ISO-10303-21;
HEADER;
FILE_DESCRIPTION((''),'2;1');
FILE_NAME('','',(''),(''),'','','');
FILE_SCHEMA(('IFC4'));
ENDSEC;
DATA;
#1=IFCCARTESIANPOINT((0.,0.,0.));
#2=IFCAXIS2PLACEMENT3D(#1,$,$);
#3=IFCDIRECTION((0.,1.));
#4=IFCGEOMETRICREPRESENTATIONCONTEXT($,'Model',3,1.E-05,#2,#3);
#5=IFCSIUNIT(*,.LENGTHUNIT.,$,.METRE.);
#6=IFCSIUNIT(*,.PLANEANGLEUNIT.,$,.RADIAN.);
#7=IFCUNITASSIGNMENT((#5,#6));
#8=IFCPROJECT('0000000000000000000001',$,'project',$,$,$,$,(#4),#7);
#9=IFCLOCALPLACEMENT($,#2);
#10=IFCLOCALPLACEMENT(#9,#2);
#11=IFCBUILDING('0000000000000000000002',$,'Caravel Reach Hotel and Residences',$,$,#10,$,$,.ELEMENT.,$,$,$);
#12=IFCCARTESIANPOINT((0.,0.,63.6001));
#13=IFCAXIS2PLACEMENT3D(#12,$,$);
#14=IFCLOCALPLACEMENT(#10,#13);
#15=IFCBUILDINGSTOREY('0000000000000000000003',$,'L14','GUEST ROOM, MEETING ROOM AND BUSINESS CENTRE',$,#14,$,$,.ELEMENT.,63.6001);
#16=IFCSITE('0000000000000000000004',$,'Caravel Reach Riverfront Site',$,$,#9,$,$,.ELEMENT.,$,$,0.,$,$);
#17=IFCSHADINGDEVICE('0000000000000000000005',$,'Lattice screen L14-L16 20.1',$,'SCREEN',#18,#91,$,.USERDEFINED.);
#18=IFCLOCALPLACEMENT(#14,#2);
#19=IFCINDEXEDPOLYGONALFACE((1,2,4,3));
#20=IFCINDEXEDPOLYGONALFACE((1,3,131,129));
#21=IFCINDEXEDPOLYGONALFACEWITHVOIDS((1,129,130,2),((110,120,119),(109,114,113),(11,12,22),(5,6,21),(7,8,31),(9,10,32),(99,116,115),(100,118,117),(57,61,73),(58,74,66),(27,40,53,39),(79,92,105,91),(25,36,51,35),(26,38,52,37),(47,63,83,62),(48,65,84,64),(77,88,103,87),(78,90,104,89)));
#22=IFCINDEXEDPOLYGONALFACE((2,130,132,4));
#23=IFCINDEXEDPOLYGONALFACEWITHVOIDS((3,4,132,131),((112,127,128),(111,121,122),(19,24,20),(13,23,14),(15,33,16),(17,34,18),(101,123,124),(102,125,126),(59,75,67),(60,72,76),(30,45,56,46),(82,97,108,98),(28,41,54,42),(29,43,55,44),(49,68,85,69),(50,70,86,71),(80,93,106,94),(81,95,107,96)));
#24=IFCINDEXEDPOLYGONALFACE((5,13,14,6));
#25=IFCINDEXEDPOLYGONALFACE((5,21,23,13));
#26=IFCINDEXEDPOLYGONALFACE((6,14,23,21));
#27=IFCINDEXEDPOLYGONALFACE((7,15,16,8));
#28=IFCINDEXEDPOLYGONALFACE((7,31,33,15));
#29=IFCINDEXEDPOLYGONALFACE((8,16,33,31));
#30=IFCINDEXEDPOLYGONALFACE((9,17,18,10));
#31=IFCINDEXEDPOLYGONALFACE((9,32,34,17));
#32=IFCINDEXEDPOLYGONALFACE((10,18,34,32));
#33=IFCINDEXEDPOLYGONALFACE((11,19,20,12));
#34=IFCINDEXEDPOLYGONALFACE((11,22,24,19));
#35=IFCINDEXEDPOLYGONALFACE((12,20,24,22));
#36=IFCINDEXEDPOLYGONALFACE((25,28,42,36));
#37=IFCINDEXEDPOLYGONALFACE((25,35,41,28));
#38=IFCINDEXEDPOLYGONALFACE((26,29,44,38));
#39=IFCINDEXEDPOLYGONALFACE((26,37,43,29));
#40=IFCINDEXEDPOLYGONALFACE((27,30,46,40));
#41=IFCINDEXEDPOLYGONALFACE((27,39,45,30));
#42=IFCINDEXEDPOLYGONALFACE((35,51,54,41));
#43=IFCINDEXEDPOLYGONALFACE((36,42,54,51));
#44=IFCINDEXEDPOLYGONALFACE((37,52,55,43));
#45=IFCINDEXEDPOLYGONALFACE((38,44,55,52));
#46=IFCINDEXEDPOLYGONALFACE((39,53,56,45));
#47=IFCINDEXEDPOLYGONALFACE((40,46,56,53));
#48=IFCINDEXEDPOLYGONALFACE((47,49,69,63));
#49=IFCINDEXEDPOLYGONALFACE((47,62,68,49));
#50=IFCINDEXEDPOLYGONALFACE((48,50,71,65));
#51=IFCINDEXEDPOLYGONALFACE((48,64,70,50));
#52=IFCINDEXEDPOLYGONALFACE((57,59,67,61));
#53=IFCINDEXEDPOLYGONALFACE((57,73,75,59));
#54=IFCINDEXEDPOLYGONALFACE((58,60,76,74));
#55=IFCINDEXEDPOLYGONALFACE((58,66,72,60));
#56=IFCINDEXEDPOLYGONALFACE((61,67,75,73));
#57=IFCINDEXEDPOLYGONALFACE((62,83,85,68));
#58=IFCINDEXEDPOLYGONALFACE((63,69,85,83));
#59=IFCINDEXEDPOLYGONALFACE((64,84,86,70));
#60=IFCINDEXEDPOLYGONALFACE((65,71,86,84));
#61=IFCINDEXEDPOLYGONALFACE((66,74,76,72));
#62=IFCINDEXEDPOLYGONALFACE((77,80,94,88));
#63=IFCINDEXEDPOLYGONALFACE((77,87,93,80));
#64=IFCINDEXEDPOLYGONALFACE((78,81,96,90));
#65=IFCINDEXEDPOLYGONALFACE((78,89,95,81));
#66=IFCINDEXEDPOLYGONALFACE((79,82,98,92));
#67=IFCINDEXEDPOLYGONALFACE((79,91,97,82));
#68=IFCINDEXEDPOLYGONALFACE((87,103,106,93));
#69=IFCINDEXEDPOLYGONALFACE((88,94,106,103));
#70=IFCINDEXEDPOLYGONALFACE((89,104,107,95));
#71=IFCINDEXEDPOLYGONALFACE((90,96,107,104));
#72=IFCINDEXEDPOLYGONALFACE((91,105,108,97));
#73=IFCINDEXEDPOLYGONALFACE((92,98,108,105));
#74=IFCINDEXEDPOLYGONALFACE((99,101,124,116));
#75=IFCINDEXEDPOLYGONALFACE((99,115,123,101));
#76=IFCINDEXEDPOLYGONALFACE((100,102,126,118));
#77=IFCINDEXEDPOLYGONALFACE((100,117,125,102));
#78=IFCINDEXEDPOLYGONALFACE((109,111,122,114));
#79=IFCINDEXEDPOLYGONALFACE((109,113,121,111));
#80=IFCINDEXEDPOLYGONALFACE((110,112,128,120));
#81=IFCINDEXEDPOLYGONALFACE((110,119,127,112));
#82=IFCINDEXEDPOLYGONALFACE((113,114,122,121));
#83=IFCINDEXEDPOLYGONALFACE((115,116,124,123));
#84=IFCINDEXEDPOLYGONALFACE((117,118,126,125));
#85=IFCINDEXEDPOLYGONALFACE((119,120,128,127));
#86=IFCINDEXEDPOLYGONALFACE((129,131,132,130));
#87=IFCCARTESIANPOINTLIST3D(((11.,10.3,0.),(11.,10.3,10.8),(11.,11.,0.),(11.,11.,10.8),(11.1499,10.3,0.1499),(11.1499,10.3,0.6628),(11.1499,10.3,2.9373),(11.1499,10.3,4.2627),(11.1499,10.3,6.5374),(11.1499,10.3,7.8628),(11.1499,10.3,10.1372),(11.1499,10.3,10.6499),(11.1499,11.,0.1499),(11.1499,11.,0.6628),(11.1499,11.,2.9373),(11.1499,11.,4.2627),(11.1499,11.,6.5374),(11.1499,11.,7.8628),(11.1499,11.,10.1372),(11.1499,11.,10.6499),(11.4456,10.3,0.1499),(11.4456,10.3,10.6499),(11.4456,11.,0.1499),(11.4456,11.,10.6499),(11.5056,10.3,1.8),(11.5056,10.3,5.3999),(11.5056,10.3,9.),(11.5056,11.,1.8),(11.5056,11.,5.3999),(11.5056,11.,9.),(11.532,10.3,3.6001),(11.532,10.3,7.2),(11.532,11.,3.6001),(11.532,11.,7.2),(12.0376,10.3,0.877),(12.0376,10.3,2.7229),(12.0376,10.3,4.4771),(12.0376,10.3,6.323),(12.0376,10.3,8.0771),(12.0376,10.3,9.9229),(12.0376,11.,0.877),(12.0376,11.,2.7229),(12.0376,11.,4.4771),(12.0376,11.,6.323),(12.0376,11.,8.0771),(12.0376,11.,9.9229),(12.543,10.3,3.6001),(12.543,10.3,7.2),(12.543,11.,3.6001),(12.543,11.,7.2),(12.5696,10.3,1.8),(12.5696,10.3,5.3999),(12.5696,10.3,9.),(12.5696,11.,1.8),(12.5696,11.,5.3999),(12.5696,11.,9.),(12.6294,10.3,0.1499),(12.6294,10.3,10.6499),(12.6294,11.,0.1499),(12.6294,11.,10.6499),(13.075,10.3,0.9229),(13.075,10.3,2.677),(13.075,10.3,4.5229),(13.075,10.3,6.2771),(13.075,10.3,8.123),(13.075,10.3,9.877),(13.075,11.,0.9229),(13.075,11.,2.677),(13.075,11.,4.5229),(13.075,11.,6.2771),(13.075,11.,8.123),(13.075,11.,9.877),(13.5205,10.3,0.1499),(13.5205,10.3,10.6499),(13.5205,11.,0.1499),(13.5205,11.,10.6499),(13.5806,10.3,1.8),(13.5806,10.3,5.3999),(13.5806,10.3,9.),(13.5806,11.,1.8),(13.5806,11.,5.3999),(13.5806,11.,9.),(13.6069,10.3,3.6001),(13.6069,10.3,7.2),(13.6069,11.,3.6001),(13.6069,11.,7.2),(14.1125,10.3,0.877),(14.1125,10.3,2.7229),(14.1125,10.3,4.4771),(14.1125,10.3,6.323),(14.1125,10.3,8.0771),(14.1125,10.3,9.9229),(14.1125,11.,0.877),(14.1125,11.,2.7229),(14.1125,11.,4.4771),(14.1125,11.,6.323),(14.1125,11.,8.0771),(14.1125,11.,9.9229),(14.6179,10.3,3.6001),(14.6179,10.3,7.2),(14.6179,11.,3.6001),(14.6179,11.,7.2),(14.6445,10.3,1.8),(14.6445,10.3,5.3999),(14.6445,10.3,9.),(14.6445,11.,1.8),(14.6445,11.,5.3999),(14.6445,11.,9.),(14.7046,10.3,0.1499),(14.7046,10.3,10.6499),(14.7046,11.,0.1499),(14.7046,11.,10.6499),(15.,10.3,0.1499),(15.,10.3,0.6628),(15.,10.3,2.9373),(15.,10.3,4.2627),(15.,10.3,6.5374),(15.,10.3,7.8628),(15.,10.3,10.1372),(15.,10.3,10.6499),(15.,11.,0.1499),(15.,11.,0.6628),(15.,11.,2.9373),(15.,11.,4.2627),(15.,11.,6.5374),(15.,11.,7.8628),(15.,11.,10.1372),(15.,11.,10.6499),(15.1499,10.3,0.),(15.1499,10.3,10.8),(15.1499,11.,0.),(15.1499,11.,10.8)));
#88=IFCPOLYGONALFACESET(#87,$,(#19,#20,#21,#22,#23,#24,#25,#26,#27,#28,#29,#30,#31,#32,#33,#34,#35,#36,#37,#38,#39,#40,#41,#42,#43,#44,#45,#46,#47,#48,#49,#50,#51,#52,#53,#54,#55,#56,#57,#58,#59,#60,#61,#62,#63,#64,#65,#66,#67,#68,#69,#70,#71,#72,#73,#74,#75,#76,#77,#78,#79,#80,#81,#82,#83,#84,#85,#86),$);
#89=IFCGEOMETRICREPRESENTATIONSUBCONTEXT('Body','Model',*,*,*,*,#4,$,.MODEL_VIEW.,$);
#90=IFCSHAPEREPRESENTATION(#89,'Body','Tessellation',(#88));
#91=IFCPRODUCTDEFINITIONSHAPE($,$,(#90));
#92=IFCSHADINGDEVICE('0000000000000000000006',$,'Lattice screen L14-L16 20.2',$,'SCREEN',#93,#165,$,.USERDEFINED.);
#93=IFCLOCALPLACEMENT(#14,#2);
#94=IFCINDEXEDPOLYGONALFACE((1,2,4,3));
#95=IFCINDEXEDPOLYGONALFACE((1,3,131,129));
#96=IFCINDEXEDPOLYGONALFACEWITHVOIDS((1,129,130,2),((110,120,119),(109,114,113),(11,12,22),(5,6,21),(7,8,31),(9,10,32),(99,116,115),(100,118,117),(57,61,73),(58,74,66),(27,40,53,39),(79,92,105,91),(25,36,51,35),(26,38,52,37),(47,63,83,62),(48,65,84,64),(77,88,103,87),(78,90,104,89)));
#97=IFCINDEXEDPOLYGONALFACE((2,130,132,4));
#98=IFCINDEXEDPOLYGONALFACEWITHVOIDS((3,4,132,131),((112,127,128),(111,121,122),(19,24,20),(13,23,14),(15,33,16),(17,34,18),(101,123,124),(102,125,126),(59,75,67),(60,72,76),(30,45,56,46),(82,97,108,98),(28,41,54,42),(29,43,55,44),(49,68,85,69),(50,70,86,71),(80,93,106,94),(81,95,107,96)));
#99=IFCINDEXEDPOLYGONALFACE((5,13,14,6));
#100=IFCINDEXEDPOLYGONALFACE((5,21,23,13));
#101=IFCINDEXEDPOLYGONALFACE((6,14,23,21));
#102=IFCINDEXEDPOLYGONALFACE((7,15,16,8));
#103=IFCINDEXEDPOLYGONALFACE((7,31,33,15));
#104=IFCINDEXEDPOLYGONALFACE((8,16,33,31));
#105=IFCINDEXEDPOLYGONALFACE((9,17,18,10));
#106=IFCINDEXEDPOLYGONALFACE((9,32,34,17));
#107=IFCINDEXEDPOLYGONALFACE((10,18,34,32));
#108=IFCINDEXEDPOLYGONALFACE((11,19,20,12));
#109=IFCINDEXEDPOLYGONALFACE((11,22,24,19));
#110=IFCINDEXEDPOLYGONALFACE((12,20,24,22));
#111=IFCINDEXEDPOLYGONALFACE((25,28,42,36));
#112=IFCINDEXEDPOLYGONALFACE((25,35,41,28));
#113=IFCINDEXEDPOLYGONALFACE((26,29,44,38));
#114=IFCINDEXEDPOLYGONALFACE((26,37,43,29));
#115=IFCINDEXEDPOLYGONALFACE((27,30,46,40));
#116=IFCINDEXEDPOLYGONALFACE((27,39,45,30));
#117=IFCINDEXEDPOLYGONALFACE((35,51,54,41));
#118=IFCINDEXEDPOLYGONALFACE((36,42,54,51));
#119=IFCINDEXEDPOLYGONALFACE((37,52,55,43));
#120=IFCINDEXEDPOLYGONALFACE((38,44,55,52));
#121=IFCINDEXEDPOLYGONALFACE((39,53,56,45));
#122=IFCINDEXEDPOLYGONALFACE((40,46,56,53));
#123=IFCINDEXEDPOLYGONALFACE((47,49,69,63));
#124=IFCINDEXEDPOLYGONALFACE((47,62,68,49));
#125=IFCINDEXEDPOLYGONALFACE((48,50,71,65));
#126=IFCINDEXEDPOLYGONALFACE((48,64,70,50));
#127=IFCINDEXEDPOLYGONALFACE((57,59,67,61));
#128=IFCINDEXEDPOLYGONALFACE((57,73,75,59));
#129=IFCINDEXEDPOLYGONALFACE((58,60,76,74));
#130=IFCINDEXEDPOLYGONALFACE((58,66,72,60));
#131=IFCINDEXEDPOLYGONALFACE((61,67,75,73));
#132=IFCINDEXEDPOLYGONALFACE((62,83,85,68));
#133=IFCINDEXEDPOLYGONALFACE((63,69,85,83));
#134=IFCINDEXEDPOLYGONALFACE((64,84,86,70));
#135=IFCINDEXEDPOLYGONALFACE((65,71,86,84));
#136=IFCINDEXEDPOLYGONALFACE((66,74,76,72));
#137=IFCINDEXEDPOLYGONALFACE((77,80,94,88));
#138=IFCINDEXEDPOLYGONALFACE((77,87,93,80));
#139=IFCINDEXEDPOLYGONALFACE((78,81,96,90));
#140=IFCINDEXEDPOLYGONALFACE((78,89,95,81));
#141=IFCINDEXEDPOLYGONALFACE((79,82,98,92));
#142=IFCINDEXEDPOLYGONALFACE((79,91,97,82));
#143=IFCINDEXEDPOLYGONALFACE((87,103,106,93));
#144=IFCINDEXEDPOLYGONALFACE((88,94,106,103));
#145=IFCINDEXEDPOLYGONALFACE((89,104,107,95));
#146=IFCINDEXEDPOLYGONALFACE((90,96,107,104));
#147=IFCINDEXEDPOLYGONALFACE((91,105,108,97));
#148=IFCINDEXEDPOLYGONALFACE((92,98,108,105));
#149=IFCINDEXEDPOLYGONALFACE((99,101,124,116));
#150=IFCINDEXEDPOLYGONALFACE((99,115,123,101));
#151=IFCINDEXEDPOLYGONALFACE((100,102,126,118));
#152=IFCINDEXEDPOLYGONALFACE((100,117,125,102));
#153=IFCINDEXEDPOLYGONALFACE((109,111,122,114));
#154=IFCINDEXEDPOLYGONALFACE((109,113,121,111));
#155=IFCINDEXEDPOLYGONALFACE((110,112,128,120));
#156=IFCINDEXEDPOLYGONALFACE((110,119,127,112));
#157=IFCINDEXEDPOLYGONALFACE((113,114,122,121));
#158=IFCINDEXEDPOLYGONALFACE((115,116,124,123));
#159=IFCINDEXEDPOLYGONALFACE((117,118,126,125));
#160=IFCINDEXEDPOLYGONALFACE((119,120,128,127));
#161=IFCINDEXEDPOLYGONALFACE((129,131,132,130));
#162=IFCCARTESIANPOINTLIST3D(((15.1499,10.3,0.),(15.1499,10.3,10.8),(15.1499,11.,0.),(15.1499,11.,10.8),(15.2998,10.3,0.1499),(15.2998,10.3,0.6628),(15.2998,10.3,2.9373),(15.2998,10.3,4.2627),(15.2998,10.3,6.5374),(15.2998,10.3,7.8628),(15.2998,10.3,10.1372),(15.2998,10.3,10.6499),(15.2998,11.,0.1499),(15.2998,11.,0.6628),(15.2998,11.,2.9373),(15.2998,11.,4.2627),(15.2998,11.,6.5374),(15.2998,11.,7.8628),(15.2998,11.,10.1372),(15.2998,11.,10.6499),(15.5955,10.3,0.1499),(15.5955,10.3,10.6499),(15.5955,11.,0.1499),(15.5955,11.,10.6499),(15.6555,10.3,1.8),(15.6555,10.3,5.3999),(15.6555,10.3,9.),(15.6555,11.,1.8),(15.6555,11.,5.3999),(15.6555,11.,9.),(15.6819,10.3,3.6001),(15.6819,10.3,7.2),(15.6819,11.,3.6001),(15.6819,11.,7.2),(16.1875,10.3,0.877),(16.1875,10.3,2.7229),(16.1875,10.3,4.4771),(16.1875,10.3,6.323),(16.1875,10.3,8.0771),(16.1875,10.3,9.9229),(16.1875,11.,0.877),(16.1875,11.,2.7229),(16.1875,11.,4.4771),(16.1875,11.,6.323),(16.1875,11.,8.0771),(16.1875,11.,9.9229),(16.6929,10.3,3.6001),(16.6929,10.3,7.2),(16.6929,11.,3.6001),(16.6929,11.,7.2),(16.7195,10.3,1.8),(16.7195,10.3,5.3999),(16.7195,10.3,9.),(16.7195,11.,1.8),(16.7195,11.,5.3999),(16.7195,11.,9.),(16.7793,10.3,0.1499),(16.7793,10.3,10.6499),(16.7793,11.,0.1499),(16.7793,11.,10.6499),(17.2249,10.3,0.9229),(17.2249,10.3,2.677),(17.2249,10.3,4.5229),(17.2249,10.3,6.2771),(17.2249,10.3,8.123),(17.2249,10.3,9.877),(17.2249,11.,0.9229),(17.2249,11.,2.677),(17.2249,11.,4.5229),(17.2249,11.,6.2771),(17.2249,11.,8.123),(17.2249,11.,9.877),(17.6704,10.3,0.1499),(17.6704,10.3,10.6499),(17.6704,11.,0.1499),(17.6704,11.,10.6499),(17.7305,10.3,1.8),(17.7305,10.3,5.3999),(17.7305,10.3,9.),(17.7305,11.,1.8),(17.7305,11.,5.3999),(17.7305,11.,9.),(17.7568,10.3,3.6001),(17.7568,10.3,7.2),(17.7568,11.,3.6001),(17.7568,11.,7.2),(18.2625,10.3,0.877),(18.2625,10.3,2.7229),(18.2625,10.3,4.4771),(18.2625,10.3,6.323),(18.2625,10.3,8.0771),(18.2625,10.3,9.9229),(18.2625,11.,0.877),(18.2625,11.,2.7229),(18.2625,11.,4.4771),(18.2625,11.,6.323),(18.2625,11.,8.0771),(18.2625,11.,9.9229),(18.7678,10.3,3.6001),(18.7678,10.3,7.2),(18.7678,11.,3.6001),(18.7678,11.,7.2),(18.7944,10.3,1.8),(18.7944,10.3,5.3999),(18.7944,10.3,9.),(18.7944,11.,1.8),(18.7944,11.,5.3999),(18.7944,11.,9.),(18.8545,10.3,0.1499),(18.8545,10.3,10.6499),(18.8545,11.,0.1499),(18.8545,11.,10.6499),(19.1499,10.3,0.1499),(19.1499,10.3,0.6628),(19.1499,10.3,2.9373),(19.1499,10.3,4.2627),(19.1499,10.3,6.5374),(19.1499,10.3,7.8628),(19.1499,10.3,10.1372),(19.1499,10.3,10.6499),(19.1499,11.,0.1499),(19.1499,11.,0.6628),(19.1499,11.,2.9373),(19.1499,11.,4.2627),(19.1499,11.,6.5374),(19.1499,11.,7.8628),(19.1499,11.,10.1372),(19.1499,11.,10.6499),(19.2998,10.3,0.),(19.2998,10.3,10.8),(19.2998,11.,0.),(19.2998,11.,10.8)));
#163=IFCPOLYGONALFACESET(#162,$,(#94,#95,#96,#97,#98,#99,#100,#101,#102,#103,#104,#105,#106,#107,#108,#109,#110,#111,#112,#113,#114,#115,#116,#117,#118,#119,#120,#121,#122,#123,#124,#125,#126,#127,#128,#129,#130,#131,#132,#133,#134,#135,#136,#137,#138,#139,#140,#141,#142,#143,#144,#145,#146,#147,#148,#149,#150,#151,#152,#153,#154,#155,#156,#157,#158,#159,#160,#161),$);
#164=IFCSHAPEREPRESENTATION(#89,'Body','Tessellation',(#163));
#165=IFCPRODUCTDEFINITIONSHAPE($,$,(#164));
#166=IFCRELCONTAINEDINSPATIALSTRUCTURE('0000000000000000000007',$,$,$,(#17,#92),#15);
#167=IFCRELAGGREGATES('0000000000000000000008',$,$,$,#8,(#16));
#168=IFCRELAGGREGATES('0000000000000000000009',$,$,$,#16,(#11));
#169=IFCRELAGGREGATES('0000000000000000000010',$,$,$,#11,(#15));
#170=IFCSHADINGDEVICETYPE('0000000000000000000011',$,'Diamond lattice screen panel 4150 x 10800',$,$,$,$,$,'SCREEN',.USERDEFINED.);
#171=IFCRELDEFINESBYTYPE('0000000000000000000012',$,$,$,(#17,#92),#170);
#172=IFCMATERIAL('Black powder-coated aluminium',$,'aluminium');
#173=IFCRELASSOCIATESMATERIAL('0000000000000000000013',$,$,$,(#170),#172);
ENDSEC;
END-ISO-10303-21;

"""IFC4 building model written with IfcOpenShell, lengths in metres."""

from ifc_helpers import new_model, si_unit, direction, frame, origin, place, context, subcontext, project, spatial, polyline, outline, extrude, material, type_object, element, save


model = new_model("IFC4")

# Units and contexts
model_context = context("Model", 3, precision=1e-05, world=origin(), true_north=direction((0.0, 1.0)))
body_context = subcontext(model_context, "Body", "Model", "MODEL_VIEW")
ifc_project = project(units=[si_unit("LENGTHUNIT", "METRE"), si_unit("PLANEANGLEUNIT", "RADIAN")], contexts=[model_context])

# Site, building, storey
site_placement = place(None, origin())
site = spatial("IfcSite", under=ifc_project, at=site_placement, Name="Caravel Reach Riverfront Site", CompositionType="ELEMENT", RefElevation=0.0)
building_placement = place(site_placement, origin())
building = spatial("IfcBuilding", under=site, at=building_placement, Name="Caravel Reach Hotel and Residences", CompositionType="ELEMENT")
storey_placement = place(building_placement, frame((0.0, 0.0, 63.6001)))
storey = spatial("IfcBuildingStorey", under=building, at=storey_placement, Name="L14", Description="GUEST ROOM, MEETING ROOM AND BUSINESS CENTRE", CompositionType="ELEMENT", Elevation=63.6001)

# Shading devices
ifc_material_1 = material(Name="Black powder-coated aluminium", Category="aluminium")
shading_device_type_1 = type_object("IfcShadingDeviceType", Name="Diamond lattice screen panel 4150 x 10800", ElementType="SCREEN", PredefinedType="USERDEFINED", material=ifc_material_1)
shading_device_1_placement = place(storey_placement, frame((11.0, 11.0, 0.0), z_axis=(0.0, -1.0, 0.0), x_axis=(1.0, 0.0, 0.0)))
element("IfcShadingDevice", 1, at=shading_device_1_placement, inside=storey, type_object=shading_device_type_1, Name="Lattice screen L14-L16 20.1", ObjectType="SCREEN", PredefinedType="USERDEFINED", context=body_context, shape_type="SweptSolid", body=[
    extrude(outline(polyline([(0.0, 0.0), (4.1499, 0.0), (4.1499, 10.8), (0.0, 10.8), (0.0, 0.0)]), holes=[polyline([(0.4456, 0.1499), (0.1499, 0.6628), (0.1499, 0.1499), (0.4456, 0.1499)]), polyline([(0.532, 3.6001), (0.1499, 4.2627), (0.1499, 2.9373), (0.532, 3.6001)]), polyline([(0.532, 7.2), (0.1499, 7.8628), (0.1499, 6.5374), (0.532, 7.2)]), polyline([(0.1499, 10.1372), (0.4456, 10.6499), (0.1499, 10.6499), (0.1499, 10.1372)]), polyline([(1.0376, 2.7229), (0.5056, 1.8), (1.0376, 0.877), (1.5696, 1.8), (1.0376, 2.7229)]), polyline([(1.0376, 6.323), (0.5056, 5.3999), (1.0376, 4.4771), (1.5696, 5.3999), (1.0376, 6.323)]), polyline([(1.0376, 9.9229), (0.5056, 9.0), (1.0376, 8.0771), (1.5696, 9.0), (1.0376, 9.9229)]), polyline([(2.075, 0.9229), (1.6294, 0.1499), (2.5205, 0.1499), (2.075, 0.9229)]), polyline([(2.075, 4.5229), (1.543, 3.6001), (2.075, 2.677), (2.6069, 3.6001), (2.075, 4.5229)]), polyline([(2.075, 8.123), (1.543, 7.2), (2.075, 6.2771), (2.6069, 7.2), (2.075, 8.123)]), polyline([(2.075, 9.877), (2.5205, 10.6499), (1.6294, 10.6499), (2.075, 9.877)]), polyline([(3.1125, 2.7229), (2.5806, 1.8), (3.1125, 0.877), (3.6445, 1.8), (3.1125, 2.7229)]), polyline([(3.1125, 6.323), (2.5806, 5.3999), (3.1125, 4.4771), (3.6445, 5.3999), (3.1125, 6.323)]), polyline([(3.1125, 9.9229), (2.5806, 9.0), (3.1125, 8.0771), (3.6445, 9.0), (3.1125, 9.9229)]), polyline([(4.0, 0.6628), (3.7046, 0.1499), (4.0, 0.1499), (4.0, 0.6628)]), polyline([(3.6179, 3.6001), (4.0, 2.9373), (4.0, 4.2627), (3.6179, 3.6001)]), polyline([(3.6179, 7.2), (4.0, 6.5374), (4.0, 7.8628), (3.6179, 7.2)]), polyline([(3.7046, 10.6499), (4.0, 10.1372), (4.0, 10.6499), (3.7046, 10.6499)])]), origin(), (0.0, 0.0, 1.0), 0.7),
])
shading_device_2_placement = place(storey_placement, frame((15.1499, 11.0, 0.0), z_axis=(0.0, -1.0, 0.0), x_axis=(1.0, 0.0, 0.0)))
element("IfcShadingDevice", 2, at=shading_device_2_placement, inside=storey, type_object=shading_device_type_1, Name="Lattice screen L14-L16 20.2", ObjectType="SCREEN", PredefinedType="USERDEFINED", context=body_context, shape_type="SweptSolid", body=[
    extrude(outline(polyline([(0.0, 0.0), (4.1499, 0.0), (4.1499, 10.8), (0.0, 10.8), (0.0, 0.0)]), holes=[polyline([(0.4456, 0.1499), (0.1499, 0.6628), (0.1499, 0.1499), (0.4456, 0.1499)]), polyline([(0.532, 3.6001), (0.1499, 4.2627), (0.1499, 2.9373), (0.532, 3.6001)]), polyline([(0.532, 7.2), (0.1499, 7.8628), (0.1499, 6.5374), (0.532, 7.2)]), polyline([(0.1499, 10.1372), (0.4456, 10.6499), (0.1499, 10.6499), (0.1499, 10.1372)]), polyline([(1.0376, 2.7229), (0.5056, 1.8), (1.0376, 0.877), (1.5696, 1.8), (1.0376, 2.7229)]), polyline([(1.0376, 6.323), (0.5056, 5.3999), (1.0376, 4.4771), (1.5696, 5.3999), (1.0376, 6.323)]), polyline([(1.0376, 9.9229), (0.5056, 9.0), (1.0376, 8.0771), (1.5696, 9.0), (1.0376, 9.9229)]), polyline([(2.075, 0.9229), (1.6294, 0.1499), (2.5205, 0.1499), (2.075, 0.9229)]), polyline([(2.075, 4.5229), (1.543, 3.6001), (2.075, 2.677), (2.6069, 3.6001), (2.075, 4.5229)]), polyline([(2.075, 8.123), (1.543, 7.2), (2.075, 6.2771), (2.6069, 7.2), (2.075, 8.123)]), polyline([(2.075, 9.877), (2.5205, 10.6499), (1.6294, 10.6499), (2.075, 9.877)]), polyline([(3.1125, 2.7229), (2.5806, 1.8), (3.1125, 0.877), (3.6445, 1.8), (3.1125, 2.7229)]), polyline([(3.1125, 6.323), (2.5806, 5.3999), (3.1125, 4.4771), (3.6445, 5.3999), (3.1125, 6.323)]), polyline([(3.1125, 9.9229), (2.5806, 9.0), (3.1125, 8.0771), (3.6445, 9.0), (3.1125, 9.9229)]), polyline([(4.0, 0.6628), (3.7046, 0.1499), (4.0, 0.1499), (4.0, 0.6628)]), polyline([(3.6179, 3.6001), (4.0, 2.9373), (4.0, 4.2627), (3.6179, 3.6001)]), polyline([(3.6179, 7.2), (4.0, 6.5374), (4.0, 7.8628), (3.6179, 7.2)]), polyline([(3.7046, 10.6499), (4.0, 10.1372), (4.0, 10.6499), (3.7046, 10.6499)])]), origin(), (0.0, 0.0, 1.0), 0.7),
])

save(model, "model.ifc")
